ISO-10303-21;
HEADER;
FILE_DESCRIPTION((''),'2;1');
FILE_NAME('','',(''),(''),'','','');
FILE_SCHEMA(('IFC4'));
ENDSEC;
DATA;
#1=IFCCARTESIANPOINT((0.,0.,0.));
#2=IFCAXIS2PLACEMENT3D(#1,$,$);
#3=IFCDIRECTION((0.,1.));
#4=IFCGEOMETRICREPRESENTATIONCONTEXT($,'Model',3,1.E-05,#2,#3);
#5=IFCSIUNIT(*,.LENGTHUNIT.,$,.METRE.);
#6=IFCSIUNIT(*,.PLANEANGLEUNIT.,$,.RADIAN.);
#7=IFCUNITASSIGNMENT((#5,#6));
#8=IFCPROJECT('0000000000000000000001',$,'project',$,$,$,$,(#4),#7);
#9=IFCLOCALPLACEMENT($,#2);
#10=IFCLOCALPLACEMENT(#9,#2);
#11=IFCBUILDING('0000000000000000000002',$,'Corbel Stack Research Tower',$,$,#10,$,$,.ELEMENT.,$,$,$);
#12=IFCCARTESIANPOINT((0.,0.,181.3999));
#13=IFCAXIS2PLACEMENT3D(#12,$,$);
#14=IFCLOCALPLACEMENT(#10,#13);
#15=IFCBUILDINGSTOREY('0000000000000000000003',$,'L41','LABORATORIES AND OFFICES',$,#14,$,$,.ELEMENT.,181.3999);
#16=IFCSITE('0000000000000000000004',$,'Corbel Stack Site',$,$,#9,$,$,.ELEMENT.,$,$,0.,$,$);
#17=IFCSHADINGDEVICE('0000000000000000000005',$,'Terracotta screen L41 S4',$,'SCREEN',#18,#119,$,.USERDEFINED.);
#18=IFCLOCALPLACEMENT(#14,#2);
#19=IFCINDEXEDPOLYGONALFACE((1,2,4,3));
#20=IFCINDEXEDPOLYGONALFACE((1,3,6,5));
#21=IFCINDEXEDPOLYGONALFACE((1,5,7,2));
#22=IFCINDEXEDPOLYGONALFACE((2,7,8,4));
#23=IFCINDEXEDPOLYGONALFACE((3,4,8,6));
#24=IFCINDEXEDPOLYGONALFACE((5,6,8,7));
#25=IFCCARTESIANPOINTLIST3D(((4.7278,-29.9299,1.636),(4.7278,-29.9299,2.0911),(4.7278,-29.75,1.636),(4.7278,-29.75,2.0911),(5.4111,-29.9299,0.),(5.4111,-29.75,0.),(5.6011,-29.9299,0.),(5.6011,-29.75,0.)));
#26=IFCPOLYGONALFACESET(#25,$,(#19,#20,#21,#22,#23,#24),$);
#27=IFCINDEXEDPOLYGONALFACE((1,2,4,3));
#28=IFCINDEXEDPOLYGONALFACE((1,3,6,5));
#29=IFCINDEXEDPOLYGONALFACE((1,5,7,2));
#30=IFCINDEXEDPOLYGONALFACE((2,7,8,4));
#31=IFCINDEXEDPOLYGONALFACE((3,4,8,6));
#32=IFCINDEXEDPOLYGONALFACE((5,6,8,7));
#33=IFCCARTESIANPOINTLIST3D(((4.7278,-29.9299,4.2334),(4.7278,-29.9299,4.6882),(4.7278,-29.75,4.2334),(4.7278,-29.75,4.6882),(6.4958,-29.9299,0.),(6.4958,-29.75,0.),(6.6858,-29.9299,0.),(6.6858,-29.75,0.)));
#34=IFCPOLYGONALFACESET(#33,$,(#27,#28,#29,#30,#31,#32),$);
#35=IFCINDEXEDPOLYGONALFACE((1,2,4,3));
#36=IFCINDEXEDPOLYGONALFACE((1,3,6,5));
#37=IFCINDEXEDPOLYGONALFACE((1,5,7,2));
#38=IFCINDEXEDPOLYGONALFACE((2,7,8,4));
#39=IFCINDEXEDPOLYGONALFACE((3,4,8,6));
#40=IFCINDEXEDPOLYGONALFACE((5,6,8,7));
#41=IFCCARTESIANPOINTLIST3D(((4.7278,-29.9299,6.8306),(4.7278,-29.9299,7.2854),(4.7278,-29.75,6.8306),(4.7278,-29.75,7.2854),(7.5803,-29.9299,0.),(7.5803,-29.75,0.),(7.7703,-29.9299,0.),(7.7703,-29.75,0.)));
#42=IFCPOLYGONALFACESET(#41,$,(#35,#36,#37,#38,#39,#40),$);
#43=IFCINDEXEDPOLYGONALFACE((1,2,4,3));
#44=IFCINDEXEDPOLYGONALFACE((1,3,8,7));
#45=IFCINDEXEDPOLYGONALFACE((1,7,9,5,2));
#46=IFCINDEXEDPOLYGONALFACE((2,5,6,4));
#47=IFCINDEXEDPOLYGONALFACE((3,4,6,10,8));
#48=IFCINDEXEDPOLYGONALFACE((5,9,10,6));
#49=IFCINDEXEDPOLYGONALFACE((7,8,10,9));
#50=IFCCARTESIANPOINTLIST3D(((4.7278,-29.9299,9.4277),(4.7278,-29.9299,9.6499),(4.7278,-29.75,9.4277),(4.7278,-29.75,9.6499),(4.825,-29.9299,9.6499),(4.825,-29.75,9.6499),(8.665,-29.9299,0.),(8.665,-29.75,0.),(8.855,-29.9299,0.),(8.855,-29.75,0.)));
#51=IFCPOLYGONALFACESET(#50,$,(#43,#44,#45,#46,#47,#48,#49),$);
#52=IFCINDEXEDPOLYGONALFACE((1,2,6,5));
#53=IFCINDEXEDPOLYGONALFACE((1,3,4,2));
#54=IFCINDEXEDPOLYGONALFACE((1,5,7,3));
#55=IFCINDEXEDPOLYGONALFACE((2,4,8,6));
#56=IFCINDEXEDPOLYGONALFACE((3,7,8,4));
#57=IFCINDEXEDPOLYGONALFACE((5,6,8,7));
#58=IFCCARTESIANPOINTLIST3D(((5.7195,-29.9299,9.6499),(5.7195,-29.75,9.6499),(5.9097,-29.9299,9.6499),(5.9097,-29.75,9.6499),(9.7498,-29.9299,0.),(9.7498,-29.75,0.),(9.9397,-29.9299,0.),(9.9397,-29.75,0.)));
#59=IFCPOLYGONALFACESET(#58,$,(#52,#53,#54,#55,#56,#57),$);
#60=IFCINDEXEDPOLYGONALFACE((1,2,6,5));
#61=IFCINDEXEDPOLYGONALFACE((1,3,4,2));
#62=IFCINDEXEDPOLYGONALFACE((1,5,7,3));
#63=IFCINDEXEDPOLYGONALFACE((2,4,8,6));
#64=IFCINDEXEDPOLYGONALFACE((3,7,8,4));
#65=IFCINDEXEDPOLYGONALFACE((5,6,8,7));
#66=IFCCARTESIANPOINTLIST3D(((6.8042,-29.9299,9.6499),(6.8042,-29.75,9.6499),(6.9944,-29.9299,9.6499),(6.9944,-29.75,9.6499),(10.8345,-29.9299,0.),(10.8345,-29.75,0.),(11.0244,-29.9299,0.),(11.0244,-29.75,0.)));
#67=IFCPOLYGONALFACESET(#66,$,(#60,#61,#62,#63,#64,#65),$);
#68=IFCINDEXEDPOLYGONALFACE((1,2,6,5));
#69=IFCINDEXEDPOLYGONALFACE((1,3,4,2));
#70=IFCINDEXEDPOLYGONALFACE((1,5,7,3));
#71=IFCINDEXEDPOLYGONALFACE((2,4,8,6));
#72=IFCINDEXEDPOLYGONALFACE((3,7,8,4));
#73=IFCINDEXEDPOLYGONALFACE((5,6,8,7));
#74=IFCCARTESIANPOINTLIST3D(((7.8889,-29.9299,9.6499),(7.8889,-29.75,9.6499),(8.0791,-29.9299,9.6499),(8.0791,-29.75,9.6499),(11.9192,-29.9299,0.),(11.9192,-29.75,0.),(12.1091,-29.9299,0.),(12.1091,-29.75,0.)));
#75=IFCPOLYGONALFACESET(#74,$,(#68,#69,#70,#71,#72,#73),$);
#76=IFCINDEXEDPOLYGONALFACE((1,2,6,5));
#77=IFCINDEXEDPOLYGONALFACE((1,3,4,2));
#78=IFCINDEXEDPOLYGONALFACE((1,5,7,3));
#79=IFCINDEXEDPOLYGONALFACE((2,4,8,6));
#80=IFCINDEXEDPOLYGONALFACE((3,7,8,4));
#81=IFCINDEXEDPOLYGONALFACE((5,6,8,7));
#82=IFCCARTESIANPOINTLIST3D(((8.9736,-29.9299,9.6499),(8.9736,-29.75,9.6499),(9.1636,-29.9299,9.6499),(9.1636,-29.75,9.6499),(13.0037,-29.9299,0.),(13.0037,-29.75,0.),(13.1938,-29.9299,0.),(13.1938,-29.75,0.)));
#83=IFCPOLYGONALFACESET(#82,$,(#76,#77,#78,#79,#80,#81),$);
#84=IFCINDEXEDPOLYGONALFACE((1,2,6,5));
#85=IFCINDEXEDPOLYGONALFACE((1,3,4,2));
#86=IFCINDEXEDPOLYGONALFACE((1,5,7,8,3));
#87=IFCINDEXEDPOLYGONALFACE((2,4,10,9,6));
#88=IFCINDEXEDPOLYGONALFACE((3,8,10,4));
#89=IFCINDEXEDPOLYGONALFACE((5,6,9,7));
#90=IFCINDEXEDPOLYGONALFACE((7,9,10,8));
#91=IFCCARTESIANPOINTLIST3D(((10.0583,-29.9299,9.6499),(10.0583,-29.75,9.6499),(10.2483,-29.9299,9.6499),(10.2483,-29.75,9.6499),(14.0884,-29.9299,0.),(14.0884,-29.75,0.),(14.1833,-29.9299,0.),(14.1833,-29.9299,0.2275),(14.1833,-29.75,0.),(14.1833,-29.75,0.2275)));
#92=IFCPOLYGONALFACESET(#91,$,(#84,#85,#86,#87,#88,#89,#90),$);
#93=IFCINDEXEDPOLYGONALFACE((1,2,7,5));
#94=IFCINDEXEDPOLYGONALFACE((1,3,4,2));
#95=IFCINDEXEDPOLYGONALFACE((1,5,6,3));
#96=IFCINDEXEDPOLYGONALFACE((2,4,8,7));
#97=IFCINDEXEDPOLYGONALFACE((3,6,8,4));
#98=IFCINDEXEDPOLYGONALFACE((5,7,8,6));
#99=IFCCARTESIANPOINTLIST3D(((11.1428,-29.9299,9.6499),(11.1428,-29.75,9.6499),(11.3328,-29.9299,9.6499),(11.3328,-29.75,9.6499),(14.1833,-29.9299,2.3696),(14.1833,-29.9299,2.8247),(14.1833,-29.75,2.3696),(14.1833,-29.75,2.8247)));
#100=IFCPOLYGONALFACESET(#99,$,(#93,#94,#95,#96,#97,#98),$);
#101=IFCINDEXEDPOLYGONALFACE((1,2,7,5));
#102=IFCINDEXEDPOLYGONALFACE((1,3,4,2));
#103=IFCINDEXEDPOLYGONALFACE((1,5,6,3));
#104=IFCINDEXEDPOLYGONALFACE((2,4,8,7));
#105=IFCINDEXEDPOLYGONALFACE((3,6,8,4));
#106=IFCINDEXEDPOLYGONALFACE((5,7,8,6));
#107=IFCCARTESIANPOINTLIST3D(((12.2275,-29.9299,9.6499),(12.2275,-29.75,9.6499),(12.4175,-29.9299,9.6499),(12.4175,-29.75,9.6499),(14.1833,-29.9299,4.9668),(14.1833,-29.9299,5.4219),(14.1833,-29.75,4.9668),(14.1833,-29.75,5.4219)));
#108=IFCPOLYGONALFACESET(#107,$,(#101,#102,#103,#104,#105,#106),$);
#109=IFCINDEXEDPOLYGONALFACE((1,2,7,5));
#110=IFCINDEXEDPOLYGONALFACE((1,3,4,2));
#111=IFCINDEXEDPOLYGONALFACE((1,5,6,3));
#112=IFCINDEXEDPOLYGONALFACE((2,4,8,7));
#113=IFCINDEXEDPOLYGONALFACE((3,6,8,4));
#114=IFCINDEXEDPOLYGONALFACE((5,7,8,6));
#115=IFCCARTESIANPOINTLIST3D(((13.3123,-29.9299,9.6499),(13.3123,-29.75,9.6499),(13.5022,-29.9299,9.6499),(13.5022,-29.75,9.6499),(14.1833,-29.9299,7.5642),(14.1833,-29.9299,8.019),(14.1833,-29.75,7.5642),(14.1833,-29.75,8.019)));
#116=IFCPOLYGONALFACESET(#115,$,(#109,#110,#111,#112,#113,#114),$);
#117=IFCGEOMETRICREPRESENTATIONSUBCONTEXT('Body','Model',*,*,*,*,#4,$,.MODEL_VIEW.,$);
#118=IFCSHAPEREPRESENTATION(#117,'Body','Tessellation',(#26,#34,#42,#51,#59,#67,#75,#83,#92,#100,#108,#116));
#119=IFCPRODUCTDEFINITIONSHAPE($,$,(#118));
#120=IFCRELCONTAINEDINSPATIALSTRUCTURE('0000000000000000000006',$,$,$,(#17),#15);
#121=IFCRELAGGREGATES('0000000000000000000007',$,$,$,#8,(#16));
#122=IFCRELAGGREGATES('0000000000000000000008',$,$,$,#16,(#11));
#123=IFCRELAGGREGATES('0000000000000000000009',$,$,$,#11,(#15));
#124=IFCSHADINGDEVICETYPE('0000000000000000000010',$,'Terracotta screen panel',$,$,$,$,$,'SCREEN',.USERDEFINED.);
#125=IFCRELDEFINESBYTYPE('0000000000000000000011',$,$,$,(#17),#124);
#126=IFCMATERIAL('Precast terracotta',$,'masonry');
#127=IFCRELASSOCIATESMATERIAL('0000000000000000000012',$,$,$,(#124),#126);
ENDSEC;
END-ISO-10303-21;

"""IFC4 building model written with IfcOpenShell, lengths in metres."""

from ifc_helpers import new_model, si_unit, direction, frame, origin, place, context, subcontext, project, spatial, polyline, outline, extrude, source, transform, mapped, material, type_object, element, save


model = new_model("IFC4")

# Units and contexts
model_context = context("Model", 3, precision=1e-05, world=origin(), true_north=direction((0.0, 1.0)))
body_context = subcontext(model_context, "Body", "Model", "MODEL_VIEW")
ifc_project = project(units=[si_unit("LENGTHUNIT", "METRE"), si_unit("PLANEANGLEUNIT", "RADIAN")], contexts=[model_context])

# Site, building, storey
site_placement = place(None, origin())
site = spatial("IfcSite", under=ifc_project, at=site_placement, Name="Corbel Stack Site", CompositionType="ELEMENT", RefElevation=0.0)
building_placement = place(site_placement, origin())
building = spatial("IfcBuilding", under=site, at=building_placement, Name="Corbel Stack Research Tower", CompositionType="ELEMENT")
storey_placement = place(building_placement, frame((0.0, 0.0, 181.3999)))
storey = spatial("IfcBuildingStorey", under=building, at=storey_placement, Name="L41", Description="LABORATORIES AND OFFICES", CompositionType="ELEMENT", Elevation=181.3999)

# Shading device
ifc_material_1 = material(Name="Precast terracotta", Category="masonry")
shading_device_type = type_object("IfcShadingDeviceType", Name="Terracotta screen panel", ElementType="SCREEN", PredefinedType="USERDEFINED", material=ifc_material_1)
shared_shape_1 = source(origin(), body_context, "Body", "SweptSolid", [
    extrude(outline(polyline([(0.8733, 0.0), (0.0, 2.0911), (0.0, 1.636), (0.6833, 0.0), (0.8733, 0.0)])), frame((0.0, 0.0, 0.0), z_axis=(0.0, -1.0, 0.0), x_axis=(1.0, 0.0, 0.0)), (0.0, 0.0, 1.0), 0.1799),
    extrude(outline(polyline([(1.958, 0.0), (0.0, 4.6882), (0.0, 4.2334), (1.7681, 0.0), (1.958, 0.0)])), frame((0.0, 0.0, 0.0), z_axis=(0.0, -1.0, 0.0), x_axis=(1.0, 0.0, 0.0)), (0.0, 0.0, 1.0), 0.1799),
    extrude(outline(polyline([(3.0425, 0.0), (0.0, 7.2854), (0.0, 6.8306), (2.8525, 0.0), (3.0425, 0.0)])), frame((0.0, 0.0, 0.0), z_axis=(0.0, -1.0, 0.0), x_axis=(1.0, 0.0, 0.0)), (0.0, 0.0, 1.0), 0.1799),
    extrude(outline(polyline([(4.1272, 0.0), (0.0972, 9.6499), (0.0, 9.6499), (0.0, 9.4277), (3.9373, 0.0), (4.1272, 0.0)])), frame((0.0, 0.0, 0.0), z_axis=(0.0, -1.0, 0.0), x_axis=(1.0, 0.0, 0.0)), (0.0, 0.0, 1.0), 0.1799),
    extrude(outline(polyline([(5.2119, 0.0), (1.1819, 9.6499), (0.9917, 9.6499), (5.022, 0.0), (5.2119, 0.0)])), frame((0.0, 0.0, 0.0), z_axis=(0.0, -1.0, 0.0), x_axis=(1.0, 0.0, 0.0)), (0.0, 0.0, 1.0), 0.1799),
    extrude(outline(polyline([(6.2966, 0.0), (2.2666, 9.6499), (2.0764, 9.6499), (6.1067, 0.0), (6.2966, 0.0)])), frame((0.0, 0.0, 0.0), z_axis=(0.0, -1.0, 0.0), x_axis=(1.0, 0.0, 0.0)), (0.0, 0.0, 1.0), 0.1799),
    extrude(outline(polyline([(7.3813, 0.0), (3.3513, 9.6499), (3.1611, 9.6499), (7.1914, 0.0), (7.3813, 0.0)])), frame((0.0, 0.0, 0.0), z_axis=(0.0, -1.0, 0.0), x_axis=(1.0, 0.0, 0.0)), (0.0, 0.0, 1.0), 0.1799),
    extrude(outline(polyline([(8.4661, 0.0), (4.4358, 9.6499), (4.2458, 9.6499), (8.2759, 0.0), (8.4661, 0.0)])), frame((0.0, 0.0, 0.0), z_axis=(0.0, -1.0, 0.0), x_axis=(1.0, 0.0, 0.0)), (0.0, 0.0, 1.0), 0.1799),
    extrude(outline(polyline([(9.4556, 0.0), (9.4556, 0.2275), (5.5205, 9.6499), (5.3306, 9.6499), (9.3606, 0.0), (9.4556, 0.0)])), frame((0.0, 0.0, 0.0), z_axis=(0.0, -1.0, 0.0), x_axis=(1.0, 0.0, 0.0)), (0.0, 0.0, 1.0), 0.1799),
    extrude(outline(polyline([(6.605, 9.6499), (6.415, 9.6499), (9.4556, 2.3696), (9.4556, 2.8247), (6.605, 9.6499)])), frame((0.0, 0.0, 0.0), z_axis=(0.0, -1.0, 0.0), x_axis=(1.0, 0.0, 0.0)), (0.0, 0.0, 1.0), 0.1799),
    extrude(outline(polyline([(7.6897, 9.6499), (7.4998, 9.6499), (9.4556, 4.9668), (9.4556, 5.4219), (7.6897, 9.6499)])), frame((0.0, 0.0, 0.0), z_axis=(0.0, -1.0, 0.0), x_axis=(1.0, 0.0, 0.0)), (0.0, 0.0, 1.0), 0.1799),
    extrude(outline(polyline([(8.7744, 9.6499), (8.5845, 9.6499), (9.4556, 7.5642), (9.4556, 8.019), (8.7744, 9.6499)])), frame((0.0, 0.0, 0.0), z_axis=(0.0, -1.0, 0.0), x_axis=(1.0, 0.0, 0.0)), (0.0, 0.0, 1.0), 0.1799),
])
shading_device_1_placement = place(storey_placement, frame((4.7278, -29.75, 0.0), z_axis=(0.0, 0.0, 1.0), x_axis=(1.0, 0.0, 0.0)))
element("IfcShadingDevice", 1, at=shading_device_1_placement, inside=storey, type_object=shading_device_type, Name="Terracotta screen L41 S4", ObjectType="SCREEN", PredefinedType="USERDEFINED", context=body_context, shape_type="MappedRepresentation", body=[
    mapped(shared_shape_1, transform((0.0, 0.0, 0.0))),
])

save(model, "model.ifc")
